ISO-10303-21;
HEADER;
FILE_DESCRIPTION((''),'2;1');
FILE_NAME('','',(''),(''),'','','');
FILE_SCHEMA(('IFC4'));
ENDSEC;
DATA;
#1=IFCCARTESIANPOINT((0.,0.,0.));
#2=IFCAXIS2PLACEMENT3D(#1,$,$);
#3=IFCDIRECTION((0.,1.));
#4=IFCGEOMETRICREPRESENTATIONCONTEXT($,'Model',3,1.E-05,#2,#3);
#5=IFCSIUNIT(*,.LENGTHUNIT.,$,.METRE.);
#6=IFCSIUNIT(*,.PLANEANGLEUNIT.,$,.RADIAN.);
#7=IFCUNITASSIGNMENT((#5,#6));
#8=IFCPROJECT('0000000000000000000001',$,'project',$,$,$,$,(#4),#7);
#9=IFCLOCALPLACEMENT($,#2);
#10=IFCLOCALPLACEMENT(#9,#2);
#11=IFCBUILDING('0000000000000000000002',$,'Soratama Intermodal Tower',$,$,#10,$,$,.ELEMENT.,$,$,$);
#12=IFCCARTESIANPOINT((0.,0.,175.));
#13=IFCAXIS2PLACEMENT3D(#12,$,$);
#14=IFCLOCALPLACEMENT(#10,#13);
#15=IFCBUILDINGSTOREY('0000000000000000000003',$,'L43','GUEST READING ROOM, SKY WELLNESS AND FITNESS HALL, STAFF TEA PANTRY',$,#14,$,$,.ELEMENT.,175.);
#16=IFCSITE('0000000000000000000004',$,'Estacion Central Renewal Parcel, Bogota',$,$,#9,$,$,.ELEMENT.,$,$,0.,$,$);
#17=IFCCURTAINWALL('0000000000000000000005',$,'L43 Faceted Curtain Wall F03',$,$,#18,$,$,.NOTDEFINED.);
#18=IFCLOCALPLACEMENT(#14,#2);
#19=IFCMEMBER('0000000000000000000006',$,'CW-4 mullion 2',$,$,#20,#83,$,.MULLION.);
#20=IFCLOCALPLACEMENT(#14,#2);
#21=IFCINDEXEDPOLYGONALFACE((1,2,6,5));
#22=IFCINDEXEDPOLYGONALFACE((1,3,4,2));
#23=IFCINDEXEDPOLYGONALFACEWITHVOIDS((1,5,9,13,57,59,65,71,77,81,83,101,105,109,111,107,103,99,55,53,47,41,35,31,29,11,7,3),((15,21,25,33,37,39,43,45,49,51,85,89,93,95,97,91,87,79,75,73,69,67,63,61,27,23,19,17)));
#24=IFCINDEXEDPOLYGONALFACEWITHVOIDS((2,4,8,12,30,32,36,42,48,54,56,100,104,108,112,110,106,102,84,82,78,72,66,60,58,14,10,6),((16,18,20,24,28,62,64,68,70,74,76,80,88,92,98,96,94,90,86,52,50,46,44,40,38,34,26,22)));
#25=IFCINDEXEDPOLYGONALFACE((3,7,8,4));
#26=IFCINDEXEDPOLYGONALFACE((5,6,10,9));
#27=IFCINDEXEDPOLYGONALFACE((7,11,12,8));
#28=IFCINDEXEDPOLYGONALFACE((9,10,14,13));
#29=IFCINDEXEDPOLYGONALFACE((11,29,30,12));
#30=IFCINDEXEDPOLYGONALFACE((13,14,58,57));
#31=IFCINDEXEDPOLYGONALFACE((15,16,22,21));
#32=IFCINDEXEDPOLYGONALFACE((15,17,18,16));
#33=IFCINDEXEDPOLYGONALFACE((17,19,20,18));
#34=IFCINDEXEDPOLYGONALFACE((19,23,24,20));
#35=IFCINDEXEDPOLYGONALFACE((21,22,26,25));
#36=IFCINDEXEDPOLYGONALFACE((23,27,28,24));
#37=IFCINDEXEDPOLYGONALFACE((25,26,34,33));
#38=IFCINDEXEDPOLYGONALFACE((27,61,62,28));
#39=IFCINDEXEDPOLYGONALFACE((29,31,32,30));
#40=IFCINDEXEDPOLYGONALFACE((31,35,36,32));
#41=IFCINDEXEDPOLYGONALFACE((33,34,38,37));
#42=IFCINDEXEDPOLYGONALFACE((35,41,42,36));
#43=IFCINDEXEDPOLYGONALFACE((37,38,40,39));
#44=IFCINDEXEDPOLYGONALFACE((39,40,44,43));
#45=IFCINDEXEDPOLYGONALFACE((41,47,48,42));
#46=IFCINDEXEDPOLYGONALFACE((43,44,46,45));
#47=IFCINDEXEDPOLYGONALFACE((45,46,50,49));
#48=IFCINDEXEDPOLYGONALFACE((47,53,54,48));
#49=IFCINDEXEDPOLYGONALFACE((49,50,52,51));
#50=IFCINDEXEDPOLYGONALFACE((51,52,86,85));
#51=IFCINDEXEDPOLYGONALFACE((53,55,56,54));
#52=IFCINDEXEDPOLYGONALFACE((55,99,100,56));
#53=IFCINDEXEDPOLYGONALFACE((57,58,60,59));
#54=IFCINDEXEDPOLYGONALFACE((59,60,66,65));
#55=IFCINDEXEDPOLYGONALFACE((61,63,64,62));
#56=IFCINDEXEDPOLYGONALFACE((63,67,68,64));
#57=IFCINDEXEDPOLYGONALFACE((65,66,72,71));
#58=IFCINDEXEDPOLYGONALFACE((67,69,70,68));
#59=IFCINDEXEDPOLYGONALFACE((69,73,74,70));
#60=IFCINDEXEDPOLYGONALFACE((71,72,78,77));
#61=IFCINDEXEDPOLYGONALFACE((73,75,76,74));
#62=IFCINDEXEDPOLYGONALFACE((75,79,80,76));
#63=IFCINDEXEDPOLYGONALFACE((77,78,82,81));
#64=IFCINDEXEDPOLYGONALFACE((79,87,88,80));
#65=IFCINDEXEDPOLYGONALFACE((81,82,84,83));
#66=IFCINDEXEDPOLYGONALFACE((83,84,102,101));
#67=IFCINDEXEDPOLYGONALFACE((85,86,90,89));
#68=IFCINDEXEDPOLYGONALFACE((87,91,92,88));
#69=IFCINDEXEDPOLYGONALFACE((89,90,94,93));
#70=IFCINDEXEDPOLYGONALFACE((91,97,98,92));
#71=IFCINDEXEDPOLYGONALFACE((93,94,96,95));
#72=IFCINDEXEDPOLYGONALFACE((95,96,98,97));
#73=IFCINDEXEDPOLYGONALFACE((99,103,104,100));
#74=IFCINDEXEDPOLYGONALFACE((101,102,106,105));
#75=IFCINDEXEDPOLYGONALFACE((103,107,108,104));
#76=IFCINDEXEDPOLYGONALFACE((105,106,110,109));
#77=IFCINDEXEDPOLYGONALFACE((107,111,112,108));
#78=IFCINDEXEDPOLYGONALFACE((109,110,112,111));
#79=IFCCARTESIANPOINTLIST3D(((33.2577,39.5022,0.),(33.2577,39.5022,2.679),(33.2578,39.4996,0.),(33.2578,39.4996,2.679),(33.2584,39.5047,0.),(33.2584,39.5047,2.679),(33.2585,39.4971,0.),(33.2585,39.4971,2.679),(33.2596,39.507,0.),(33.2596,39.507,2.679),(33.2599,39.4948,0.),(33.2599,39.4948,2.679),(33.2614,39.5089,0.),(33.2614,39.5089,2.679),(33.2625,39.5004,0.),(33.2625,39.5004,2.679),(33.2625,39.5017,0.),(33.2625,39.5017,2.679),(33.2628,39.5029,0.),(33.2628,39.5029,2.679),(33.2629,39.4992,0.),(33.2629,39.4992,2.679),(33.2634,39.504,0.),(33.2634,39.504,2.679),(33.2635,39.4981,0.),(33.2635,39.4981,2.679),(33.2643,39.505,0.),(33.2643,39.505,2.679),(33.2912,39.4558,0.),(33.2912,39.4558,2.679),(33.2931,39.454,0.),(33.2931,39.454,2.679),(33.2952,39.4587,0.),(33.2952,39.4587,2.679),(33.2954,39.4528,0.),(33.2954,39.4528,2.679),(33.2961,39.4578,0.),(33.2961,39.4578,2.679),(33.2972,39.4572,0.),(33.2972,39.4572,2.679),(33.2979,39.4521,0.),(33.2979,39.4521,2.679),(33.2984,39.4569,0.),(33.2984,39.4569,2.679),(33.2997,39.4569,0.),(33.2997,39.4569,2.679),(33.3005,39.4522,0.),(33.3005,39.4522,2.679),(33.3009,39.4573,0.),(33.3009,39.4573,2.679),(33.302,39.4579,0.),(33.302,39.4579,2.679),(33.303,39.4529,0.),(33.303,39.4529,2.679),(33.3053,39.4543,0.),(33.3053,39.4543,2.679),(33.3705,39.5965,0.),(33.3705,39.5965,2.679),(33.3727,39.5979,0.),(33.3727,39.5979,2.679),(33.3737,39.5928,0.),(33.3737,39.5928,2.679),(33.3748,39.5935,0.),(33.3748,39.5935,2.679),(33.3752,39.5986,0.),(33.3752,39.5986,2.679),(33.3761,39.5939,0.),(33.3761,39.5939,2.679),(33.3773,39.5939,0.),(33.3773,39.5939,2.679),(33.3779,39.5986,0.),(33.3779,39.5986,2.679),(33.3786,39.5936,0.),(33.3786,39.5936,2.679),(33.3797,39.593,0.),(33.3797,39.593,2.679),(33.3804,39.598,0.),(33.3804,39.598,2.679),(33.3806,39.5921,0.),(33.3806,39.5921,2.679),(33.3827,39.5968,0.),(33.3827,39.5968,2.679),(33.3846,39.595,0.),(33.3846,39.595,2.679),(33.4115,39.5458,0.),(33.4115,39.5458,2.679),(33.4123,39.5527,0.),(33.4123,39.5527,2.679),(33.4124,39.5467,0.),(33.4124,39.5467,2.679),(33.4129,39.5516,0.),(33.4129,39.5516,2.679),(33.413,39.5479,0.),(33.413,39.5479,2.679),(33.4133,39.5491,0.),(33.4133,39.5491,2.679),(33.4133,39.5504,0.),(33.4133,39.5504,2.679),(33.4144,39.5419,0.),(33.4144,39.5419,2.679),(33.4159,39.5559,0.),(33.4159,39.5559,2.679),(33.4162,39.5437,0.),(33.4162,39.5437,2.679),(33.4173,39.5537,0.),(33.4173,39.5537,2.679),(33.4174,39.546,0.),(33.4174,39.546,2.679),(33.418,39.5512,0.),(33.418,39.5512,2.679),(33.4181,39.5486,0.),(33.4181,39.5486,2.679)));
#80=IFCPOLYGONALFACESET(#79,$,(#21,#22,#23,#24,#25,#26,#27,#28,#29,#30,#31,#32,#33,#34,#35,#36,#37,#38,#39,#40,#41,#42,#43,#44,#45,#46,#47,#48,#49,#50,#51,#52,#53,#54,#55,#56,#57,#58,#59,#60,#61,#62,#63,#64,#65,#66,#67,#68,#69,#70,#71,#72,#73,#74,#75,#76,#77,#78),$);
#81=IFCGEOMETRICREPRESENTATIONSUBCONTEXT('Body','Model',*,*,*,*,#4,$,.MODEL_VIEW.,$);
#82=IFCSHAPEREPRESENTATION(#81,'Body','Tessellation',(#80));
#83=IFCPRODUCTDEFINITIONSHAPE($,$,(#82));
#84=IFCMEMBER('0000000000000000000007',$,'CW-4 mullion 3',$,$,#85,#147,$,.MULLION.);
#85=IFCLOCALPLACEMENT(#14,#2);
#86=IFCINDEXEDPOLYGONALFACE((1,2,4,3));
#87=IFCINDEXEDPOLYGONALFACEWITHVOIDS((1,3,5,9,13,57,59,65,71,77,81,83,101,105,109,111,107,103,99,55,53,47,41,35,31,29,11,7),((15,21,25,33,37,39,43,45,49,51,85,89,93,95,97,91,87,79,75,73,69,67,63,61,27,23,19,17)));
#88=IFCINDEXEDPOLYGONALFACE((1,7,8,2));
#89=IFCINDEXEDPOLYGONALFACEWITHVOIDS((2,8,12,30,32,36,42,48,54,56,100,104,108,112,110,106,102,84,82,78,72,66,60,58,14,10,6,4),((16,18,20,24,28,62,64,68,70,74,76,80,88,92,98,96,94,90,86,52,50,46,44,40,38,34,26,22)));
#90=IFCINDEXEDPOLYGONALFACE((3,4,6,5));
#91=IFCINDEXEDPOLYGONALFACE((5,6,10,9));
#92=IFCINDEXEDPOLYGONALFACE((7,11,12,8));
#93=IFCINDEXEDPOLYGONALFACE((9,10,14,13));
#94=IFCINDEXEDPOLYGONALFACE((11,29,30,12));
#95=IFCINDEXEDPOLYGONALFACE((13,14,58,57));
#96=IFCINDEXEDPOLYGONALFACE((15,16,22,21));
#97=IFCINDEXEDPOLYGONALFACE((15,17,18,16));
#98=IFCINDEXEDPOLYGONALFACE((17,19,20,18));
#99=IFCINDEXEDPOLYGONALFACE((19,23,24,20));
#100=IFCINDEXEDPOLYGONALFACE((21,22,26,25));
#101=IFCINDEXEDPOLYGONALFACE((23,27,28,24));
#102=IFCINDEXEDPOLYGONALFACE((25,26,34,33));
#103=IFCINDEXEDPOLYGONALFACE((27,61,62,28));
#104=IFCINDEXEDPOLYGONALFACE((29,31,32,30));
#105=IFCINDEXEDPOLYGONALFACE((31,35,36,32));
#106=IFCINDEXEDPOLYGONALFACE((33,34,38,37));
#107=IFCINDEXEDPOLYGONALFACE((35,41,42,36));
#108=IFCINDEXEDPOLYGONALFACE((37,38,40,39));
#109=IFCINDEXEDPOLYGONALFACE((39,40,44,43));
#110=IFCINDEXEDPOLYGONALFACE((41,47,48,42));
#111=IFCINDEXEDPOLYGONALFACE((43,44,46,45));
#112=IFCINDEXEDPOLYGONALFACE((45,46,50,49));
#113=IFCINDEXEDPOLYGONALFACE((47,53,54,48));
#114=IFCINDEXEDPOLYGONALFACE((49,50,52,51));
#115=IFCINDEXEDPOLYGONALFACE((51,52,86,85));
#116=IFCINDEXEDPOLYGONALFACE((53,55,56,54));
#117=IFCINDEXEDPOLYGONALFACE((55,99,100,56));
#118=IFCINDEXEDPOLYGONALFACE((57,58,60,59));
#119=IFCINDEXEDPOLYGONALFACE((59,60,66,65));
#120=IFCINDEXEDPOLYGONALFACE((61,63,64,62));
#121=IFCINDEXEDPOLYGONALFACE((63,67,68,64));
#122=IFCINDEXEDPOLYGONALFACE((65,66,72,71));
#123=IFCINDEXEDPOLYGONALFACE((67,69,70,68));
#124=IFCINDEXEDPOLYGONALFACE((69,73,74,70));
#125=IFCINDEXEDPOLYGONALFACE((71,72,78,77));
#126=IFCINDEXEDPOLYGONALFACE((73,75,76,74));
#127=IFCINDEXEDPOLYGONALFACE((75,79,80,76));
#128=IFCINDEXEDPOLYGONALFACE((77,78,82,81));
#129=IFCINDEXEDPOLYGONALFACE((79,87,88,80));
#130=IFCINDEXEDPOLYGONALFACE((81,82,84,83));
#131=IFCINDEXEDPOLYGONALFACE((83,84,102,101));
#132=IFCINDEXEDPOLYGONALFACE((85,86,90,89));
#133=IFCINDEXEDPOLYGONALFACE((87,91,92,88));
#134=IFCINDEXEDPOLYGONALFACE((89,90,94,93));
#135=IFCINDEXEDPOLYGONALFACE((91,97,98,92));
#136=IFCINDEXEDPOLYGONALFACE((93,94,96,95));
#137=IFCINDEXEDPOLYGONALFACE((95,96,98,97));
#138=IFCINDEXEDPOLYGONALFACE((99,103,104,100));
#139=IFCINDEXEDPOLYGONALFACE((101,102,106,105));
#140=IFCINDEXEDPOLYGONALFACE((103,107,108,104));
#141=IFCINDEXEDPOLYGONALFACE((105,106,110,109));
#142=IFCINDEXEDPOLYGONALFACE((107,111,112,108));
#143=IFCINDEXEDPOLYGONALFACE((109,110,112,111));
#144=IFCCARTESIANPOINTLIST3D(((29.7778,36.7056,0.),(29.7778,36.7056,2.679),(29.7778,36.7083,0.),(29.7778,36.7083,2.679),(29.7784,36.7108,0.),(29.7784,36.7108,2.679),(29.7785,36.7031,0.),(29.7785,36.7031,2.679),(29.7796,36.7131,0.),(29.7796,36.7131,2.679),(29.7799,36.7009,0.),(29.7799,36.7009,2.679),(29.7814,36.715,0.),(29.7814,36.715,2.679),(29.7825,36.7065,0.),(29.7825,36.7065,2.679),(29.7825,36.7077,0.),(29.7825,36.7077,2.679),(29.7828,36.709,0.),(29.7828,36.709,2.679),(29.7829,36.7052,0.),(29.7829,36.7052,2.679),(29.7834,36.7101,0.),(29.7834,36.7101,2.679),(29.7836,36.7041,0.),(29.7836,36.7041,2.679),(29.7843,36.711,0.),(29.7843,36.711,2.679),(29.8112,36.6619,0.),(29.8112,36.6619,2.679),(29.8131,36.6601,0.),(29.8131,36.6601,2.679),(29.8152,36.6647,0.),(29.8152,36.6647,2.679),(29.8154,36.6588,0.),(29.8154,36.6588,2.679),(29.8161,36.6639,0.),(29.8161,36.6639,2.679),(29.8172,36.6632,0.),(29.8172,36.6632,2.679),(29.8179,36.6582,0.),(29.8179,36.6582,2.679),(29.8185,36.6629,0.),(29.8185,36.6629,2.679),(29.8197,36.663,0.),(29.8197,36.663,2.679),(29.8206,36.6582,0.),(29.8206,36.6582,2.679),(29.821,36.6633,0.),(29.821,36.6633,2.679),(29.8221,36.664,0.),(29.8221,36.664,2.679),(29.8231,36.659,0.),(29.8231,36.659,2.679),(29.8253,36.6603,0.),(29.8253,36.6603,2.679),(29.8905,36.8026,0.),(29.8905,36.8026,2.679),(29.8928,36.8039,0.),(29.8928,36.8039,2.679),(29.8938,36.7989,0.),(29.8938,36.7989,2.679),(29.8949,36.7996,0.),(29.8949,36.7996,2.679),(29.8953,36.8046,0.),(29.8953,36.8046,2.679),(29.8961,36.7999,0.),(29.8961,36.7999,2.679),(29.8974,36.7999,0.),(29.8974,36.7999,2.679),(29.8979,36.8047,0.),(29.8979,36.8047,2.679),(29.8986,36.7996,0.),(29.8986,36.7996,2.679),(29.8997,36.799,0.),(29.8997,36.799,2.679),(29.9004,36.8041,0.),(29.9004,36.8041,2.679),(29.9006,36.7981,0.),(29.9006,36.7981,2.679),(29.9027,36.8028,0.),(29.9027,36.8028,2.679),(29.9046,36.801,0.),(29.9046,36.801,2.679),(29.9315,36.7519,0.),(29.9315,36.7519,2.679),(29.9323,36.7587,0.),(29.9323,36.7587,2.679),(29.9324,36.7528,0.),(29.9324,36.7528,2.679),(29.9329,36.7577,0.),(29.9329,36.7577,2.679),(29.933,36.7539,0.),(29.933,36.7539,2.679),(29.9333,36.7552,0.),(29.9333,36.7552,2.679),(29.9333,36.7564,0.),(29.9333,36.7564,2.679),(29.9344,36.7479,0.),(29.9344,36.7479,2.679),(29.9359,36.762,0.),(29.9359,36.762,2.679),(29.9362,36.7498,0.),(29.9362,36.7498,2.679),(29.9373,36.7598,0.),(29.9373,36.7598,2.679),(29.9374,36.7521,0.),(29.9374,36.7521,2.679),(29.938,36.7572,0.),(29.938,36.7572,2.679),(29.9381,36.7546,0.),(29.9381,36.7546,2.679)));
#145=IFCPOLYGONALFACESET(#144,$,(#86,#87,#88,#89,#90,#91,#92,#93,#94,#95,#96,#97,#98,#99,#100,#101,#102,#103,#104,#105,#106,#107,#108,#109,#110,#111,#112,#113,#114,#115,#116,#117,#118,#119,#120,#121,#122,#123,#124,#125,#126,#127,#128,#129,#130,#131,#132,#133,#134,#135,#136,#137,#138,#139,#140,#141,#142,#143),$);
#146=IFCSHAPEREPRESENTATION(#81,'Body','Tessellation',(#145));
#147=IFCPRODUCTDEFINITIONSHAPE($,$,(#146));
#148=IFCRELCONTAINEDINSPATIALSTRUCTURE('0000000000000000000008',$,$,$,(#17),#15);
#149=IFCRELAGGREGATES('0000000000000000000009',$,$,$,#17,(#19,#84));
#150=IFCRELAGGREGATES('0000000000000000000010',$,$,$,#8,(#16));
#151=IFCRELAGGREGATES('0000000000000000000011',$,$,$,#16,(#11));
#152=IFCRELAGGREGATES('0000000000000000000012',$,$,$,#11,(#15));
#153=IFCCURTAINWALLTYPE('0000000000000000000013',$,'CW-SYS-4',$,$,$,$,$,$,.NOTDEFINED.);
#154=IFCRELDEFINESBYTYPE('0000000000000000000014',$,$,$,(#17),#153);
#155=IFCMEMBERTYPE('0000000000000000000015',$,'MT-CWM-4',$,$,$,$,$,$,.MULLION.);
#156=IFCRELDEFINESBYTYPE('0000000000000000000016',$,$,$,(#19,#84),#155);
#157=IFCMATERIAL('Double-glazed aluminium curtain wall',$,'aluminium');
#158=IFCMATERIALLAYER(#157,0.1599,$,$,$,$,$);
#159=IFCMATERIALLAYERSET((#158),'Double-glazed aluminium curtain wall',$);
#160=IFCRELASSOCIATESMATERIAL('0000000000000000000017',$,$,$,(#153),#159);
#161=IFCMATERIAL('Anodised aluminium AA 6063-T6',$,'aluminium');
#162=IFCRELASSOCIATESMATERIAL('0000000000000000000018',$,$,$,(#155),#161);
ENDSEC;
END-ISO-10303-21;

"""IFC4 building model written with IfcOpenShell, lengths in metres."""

from ifc_helpers import new_model, si_unit, direction, frame, origin, origin_2d, place, context, subcontext, project, spatial, hollow_rectangle, extrude, material, layer, layer_set, material_profile, profile_set, type_object, element, aggregate, save


model = new_model("IFC4")

# Units and contexts
model_context = context("Model", 3, precision=1e-05, world=origin(), true_north=direction((0.0, 1.0)))
body_context = subcontext(model_context, "Body", "Model", "MODEL_VIEW")
ifc_project = project(units=[si_unit("LENGTHUNIT", "METRE"), si_unit("PLANEANGLEUNIT", "RADIAN")], contexts=[model_context])

# Site, building, storey
site_placement = place(None, origin())
site = spatial("IfcSite", under=ifc_project, at=site_placement, Name="Estacion Central Renewal Parcel, Bogota", CompositionType="ELEMENT", RefElevation=0.0)
building_placement = place(site_placement, origin())
building = spatial("IfcBuilding", under=site, at=building_placement, Name="Soratama Intermodal Tower", CompositionType="ELEMENT")
storey_placement = place(building_placement, frame((0.0, 0.0, 175.0)))
storey = spatial("IfcBuildingStorey", under=building, at=storey_placement, Name="L43", Description="GUEST READING ROOM, SKY WELLNESS AND FITNESS HALL, STAFF TEA PANTRY", CompositionType="ELEMENT", Elevation=175.0)

# Curtain wall, members
ifc_material_1 = material(Name="Double-glazed aluminium curtain wall", Category="aluminium")
ifc_layer_1 = layer(ifc_material_1, 0.1599)
ifc_layer_set_1 = layer_set([ifc_layer_1], Name="Double-glazed aluminium curtain wall")
curtain_wall_type = type_object("IfcCurtainWallType", Name="CW-SYS-4", PredefinedType="NOTDEFINED", material=ifc_layer_set_1)
curtain_wall_placement = place(storey_placement, origin())
curtain_wall = element("IfcCurtainWall", 1, at=curtain_wall_placement, inside=storey, type_object=curtain_wall_type, Name="L43 Faceted Curtain Wall F03", PredefinedType="NOTDEFINED")
ifc_material_2 = material(Name="Anodised aluminium AA 6063-T6", Category="aluminium")
ifc_material_profile_1 = material_profile(ifc_material_2, hollow_rectangle(XDim=0.0701, YDim=0.1599, WallThickness=0.0049, InnerFilletRadius=0.0049, OuterFilletRadius=0.01, at=origin_2d()), Name="CWM160X70X5")
ifc_profile_set_1 = profile_set([ifc_material_profile_1], Name="Anodised aluminium AA 6063-T6")
member_type_1 = type_object("IfcMemberType", Name="MT-CWM-4", PredefinedType="MULLION", material=ifc_profile_set_1)
member_1_placement = place(storey_placement, frame((33.3379, 39.5254, 0.0), z_axis=(0.0, 0.0, 1.0), x_axis=(0.626057, -0.779778, 0.0)))
member_1 = element("IfcMember", 2, at=member_1_placement, type_object=member_type_1, Name="CW-4 mullion 2", PredefinedType="MULLION", context=body_context, shape_type="SweptSolid", body=[
    extrude(hollow_rectangle(XDim=0.0701, YDim=0.1599, WallThickness=0.0049, InnerFilletRadius=0.0049, OuterFilletRadius=0.01, at=origin_2d()), origin(), (0.0, 0.0, 1.0), 2.679),
])
member_2_placement = place(storey_placement, frame((29.8579, 36.7314, 0.0), z_axis=(0.0, 0.0, 1.0), x_axis=(0.626057, -0.779778, 0.0)))
member_2 = element("IfcMember", 3, at=member_2_placement, type_object=member_type_1, Name="CW-4 mullion 3", PredefinedType="MULLION", context=body_context, shape_type="SweptSolid", body=[
    extrude(hollow_rectangle(XDim=0.0701, YDim=0.1599, WallThickness=0.0049, InnerFilletRadius=0.0049, OuterFilletRadius=0.01, at=origin_2d()), origin(), (0.0, 0.0, 1.0), 2.679),
])
aggregate(curtain_wall, [member_1, member_2])

save(model, "model.ifc")
